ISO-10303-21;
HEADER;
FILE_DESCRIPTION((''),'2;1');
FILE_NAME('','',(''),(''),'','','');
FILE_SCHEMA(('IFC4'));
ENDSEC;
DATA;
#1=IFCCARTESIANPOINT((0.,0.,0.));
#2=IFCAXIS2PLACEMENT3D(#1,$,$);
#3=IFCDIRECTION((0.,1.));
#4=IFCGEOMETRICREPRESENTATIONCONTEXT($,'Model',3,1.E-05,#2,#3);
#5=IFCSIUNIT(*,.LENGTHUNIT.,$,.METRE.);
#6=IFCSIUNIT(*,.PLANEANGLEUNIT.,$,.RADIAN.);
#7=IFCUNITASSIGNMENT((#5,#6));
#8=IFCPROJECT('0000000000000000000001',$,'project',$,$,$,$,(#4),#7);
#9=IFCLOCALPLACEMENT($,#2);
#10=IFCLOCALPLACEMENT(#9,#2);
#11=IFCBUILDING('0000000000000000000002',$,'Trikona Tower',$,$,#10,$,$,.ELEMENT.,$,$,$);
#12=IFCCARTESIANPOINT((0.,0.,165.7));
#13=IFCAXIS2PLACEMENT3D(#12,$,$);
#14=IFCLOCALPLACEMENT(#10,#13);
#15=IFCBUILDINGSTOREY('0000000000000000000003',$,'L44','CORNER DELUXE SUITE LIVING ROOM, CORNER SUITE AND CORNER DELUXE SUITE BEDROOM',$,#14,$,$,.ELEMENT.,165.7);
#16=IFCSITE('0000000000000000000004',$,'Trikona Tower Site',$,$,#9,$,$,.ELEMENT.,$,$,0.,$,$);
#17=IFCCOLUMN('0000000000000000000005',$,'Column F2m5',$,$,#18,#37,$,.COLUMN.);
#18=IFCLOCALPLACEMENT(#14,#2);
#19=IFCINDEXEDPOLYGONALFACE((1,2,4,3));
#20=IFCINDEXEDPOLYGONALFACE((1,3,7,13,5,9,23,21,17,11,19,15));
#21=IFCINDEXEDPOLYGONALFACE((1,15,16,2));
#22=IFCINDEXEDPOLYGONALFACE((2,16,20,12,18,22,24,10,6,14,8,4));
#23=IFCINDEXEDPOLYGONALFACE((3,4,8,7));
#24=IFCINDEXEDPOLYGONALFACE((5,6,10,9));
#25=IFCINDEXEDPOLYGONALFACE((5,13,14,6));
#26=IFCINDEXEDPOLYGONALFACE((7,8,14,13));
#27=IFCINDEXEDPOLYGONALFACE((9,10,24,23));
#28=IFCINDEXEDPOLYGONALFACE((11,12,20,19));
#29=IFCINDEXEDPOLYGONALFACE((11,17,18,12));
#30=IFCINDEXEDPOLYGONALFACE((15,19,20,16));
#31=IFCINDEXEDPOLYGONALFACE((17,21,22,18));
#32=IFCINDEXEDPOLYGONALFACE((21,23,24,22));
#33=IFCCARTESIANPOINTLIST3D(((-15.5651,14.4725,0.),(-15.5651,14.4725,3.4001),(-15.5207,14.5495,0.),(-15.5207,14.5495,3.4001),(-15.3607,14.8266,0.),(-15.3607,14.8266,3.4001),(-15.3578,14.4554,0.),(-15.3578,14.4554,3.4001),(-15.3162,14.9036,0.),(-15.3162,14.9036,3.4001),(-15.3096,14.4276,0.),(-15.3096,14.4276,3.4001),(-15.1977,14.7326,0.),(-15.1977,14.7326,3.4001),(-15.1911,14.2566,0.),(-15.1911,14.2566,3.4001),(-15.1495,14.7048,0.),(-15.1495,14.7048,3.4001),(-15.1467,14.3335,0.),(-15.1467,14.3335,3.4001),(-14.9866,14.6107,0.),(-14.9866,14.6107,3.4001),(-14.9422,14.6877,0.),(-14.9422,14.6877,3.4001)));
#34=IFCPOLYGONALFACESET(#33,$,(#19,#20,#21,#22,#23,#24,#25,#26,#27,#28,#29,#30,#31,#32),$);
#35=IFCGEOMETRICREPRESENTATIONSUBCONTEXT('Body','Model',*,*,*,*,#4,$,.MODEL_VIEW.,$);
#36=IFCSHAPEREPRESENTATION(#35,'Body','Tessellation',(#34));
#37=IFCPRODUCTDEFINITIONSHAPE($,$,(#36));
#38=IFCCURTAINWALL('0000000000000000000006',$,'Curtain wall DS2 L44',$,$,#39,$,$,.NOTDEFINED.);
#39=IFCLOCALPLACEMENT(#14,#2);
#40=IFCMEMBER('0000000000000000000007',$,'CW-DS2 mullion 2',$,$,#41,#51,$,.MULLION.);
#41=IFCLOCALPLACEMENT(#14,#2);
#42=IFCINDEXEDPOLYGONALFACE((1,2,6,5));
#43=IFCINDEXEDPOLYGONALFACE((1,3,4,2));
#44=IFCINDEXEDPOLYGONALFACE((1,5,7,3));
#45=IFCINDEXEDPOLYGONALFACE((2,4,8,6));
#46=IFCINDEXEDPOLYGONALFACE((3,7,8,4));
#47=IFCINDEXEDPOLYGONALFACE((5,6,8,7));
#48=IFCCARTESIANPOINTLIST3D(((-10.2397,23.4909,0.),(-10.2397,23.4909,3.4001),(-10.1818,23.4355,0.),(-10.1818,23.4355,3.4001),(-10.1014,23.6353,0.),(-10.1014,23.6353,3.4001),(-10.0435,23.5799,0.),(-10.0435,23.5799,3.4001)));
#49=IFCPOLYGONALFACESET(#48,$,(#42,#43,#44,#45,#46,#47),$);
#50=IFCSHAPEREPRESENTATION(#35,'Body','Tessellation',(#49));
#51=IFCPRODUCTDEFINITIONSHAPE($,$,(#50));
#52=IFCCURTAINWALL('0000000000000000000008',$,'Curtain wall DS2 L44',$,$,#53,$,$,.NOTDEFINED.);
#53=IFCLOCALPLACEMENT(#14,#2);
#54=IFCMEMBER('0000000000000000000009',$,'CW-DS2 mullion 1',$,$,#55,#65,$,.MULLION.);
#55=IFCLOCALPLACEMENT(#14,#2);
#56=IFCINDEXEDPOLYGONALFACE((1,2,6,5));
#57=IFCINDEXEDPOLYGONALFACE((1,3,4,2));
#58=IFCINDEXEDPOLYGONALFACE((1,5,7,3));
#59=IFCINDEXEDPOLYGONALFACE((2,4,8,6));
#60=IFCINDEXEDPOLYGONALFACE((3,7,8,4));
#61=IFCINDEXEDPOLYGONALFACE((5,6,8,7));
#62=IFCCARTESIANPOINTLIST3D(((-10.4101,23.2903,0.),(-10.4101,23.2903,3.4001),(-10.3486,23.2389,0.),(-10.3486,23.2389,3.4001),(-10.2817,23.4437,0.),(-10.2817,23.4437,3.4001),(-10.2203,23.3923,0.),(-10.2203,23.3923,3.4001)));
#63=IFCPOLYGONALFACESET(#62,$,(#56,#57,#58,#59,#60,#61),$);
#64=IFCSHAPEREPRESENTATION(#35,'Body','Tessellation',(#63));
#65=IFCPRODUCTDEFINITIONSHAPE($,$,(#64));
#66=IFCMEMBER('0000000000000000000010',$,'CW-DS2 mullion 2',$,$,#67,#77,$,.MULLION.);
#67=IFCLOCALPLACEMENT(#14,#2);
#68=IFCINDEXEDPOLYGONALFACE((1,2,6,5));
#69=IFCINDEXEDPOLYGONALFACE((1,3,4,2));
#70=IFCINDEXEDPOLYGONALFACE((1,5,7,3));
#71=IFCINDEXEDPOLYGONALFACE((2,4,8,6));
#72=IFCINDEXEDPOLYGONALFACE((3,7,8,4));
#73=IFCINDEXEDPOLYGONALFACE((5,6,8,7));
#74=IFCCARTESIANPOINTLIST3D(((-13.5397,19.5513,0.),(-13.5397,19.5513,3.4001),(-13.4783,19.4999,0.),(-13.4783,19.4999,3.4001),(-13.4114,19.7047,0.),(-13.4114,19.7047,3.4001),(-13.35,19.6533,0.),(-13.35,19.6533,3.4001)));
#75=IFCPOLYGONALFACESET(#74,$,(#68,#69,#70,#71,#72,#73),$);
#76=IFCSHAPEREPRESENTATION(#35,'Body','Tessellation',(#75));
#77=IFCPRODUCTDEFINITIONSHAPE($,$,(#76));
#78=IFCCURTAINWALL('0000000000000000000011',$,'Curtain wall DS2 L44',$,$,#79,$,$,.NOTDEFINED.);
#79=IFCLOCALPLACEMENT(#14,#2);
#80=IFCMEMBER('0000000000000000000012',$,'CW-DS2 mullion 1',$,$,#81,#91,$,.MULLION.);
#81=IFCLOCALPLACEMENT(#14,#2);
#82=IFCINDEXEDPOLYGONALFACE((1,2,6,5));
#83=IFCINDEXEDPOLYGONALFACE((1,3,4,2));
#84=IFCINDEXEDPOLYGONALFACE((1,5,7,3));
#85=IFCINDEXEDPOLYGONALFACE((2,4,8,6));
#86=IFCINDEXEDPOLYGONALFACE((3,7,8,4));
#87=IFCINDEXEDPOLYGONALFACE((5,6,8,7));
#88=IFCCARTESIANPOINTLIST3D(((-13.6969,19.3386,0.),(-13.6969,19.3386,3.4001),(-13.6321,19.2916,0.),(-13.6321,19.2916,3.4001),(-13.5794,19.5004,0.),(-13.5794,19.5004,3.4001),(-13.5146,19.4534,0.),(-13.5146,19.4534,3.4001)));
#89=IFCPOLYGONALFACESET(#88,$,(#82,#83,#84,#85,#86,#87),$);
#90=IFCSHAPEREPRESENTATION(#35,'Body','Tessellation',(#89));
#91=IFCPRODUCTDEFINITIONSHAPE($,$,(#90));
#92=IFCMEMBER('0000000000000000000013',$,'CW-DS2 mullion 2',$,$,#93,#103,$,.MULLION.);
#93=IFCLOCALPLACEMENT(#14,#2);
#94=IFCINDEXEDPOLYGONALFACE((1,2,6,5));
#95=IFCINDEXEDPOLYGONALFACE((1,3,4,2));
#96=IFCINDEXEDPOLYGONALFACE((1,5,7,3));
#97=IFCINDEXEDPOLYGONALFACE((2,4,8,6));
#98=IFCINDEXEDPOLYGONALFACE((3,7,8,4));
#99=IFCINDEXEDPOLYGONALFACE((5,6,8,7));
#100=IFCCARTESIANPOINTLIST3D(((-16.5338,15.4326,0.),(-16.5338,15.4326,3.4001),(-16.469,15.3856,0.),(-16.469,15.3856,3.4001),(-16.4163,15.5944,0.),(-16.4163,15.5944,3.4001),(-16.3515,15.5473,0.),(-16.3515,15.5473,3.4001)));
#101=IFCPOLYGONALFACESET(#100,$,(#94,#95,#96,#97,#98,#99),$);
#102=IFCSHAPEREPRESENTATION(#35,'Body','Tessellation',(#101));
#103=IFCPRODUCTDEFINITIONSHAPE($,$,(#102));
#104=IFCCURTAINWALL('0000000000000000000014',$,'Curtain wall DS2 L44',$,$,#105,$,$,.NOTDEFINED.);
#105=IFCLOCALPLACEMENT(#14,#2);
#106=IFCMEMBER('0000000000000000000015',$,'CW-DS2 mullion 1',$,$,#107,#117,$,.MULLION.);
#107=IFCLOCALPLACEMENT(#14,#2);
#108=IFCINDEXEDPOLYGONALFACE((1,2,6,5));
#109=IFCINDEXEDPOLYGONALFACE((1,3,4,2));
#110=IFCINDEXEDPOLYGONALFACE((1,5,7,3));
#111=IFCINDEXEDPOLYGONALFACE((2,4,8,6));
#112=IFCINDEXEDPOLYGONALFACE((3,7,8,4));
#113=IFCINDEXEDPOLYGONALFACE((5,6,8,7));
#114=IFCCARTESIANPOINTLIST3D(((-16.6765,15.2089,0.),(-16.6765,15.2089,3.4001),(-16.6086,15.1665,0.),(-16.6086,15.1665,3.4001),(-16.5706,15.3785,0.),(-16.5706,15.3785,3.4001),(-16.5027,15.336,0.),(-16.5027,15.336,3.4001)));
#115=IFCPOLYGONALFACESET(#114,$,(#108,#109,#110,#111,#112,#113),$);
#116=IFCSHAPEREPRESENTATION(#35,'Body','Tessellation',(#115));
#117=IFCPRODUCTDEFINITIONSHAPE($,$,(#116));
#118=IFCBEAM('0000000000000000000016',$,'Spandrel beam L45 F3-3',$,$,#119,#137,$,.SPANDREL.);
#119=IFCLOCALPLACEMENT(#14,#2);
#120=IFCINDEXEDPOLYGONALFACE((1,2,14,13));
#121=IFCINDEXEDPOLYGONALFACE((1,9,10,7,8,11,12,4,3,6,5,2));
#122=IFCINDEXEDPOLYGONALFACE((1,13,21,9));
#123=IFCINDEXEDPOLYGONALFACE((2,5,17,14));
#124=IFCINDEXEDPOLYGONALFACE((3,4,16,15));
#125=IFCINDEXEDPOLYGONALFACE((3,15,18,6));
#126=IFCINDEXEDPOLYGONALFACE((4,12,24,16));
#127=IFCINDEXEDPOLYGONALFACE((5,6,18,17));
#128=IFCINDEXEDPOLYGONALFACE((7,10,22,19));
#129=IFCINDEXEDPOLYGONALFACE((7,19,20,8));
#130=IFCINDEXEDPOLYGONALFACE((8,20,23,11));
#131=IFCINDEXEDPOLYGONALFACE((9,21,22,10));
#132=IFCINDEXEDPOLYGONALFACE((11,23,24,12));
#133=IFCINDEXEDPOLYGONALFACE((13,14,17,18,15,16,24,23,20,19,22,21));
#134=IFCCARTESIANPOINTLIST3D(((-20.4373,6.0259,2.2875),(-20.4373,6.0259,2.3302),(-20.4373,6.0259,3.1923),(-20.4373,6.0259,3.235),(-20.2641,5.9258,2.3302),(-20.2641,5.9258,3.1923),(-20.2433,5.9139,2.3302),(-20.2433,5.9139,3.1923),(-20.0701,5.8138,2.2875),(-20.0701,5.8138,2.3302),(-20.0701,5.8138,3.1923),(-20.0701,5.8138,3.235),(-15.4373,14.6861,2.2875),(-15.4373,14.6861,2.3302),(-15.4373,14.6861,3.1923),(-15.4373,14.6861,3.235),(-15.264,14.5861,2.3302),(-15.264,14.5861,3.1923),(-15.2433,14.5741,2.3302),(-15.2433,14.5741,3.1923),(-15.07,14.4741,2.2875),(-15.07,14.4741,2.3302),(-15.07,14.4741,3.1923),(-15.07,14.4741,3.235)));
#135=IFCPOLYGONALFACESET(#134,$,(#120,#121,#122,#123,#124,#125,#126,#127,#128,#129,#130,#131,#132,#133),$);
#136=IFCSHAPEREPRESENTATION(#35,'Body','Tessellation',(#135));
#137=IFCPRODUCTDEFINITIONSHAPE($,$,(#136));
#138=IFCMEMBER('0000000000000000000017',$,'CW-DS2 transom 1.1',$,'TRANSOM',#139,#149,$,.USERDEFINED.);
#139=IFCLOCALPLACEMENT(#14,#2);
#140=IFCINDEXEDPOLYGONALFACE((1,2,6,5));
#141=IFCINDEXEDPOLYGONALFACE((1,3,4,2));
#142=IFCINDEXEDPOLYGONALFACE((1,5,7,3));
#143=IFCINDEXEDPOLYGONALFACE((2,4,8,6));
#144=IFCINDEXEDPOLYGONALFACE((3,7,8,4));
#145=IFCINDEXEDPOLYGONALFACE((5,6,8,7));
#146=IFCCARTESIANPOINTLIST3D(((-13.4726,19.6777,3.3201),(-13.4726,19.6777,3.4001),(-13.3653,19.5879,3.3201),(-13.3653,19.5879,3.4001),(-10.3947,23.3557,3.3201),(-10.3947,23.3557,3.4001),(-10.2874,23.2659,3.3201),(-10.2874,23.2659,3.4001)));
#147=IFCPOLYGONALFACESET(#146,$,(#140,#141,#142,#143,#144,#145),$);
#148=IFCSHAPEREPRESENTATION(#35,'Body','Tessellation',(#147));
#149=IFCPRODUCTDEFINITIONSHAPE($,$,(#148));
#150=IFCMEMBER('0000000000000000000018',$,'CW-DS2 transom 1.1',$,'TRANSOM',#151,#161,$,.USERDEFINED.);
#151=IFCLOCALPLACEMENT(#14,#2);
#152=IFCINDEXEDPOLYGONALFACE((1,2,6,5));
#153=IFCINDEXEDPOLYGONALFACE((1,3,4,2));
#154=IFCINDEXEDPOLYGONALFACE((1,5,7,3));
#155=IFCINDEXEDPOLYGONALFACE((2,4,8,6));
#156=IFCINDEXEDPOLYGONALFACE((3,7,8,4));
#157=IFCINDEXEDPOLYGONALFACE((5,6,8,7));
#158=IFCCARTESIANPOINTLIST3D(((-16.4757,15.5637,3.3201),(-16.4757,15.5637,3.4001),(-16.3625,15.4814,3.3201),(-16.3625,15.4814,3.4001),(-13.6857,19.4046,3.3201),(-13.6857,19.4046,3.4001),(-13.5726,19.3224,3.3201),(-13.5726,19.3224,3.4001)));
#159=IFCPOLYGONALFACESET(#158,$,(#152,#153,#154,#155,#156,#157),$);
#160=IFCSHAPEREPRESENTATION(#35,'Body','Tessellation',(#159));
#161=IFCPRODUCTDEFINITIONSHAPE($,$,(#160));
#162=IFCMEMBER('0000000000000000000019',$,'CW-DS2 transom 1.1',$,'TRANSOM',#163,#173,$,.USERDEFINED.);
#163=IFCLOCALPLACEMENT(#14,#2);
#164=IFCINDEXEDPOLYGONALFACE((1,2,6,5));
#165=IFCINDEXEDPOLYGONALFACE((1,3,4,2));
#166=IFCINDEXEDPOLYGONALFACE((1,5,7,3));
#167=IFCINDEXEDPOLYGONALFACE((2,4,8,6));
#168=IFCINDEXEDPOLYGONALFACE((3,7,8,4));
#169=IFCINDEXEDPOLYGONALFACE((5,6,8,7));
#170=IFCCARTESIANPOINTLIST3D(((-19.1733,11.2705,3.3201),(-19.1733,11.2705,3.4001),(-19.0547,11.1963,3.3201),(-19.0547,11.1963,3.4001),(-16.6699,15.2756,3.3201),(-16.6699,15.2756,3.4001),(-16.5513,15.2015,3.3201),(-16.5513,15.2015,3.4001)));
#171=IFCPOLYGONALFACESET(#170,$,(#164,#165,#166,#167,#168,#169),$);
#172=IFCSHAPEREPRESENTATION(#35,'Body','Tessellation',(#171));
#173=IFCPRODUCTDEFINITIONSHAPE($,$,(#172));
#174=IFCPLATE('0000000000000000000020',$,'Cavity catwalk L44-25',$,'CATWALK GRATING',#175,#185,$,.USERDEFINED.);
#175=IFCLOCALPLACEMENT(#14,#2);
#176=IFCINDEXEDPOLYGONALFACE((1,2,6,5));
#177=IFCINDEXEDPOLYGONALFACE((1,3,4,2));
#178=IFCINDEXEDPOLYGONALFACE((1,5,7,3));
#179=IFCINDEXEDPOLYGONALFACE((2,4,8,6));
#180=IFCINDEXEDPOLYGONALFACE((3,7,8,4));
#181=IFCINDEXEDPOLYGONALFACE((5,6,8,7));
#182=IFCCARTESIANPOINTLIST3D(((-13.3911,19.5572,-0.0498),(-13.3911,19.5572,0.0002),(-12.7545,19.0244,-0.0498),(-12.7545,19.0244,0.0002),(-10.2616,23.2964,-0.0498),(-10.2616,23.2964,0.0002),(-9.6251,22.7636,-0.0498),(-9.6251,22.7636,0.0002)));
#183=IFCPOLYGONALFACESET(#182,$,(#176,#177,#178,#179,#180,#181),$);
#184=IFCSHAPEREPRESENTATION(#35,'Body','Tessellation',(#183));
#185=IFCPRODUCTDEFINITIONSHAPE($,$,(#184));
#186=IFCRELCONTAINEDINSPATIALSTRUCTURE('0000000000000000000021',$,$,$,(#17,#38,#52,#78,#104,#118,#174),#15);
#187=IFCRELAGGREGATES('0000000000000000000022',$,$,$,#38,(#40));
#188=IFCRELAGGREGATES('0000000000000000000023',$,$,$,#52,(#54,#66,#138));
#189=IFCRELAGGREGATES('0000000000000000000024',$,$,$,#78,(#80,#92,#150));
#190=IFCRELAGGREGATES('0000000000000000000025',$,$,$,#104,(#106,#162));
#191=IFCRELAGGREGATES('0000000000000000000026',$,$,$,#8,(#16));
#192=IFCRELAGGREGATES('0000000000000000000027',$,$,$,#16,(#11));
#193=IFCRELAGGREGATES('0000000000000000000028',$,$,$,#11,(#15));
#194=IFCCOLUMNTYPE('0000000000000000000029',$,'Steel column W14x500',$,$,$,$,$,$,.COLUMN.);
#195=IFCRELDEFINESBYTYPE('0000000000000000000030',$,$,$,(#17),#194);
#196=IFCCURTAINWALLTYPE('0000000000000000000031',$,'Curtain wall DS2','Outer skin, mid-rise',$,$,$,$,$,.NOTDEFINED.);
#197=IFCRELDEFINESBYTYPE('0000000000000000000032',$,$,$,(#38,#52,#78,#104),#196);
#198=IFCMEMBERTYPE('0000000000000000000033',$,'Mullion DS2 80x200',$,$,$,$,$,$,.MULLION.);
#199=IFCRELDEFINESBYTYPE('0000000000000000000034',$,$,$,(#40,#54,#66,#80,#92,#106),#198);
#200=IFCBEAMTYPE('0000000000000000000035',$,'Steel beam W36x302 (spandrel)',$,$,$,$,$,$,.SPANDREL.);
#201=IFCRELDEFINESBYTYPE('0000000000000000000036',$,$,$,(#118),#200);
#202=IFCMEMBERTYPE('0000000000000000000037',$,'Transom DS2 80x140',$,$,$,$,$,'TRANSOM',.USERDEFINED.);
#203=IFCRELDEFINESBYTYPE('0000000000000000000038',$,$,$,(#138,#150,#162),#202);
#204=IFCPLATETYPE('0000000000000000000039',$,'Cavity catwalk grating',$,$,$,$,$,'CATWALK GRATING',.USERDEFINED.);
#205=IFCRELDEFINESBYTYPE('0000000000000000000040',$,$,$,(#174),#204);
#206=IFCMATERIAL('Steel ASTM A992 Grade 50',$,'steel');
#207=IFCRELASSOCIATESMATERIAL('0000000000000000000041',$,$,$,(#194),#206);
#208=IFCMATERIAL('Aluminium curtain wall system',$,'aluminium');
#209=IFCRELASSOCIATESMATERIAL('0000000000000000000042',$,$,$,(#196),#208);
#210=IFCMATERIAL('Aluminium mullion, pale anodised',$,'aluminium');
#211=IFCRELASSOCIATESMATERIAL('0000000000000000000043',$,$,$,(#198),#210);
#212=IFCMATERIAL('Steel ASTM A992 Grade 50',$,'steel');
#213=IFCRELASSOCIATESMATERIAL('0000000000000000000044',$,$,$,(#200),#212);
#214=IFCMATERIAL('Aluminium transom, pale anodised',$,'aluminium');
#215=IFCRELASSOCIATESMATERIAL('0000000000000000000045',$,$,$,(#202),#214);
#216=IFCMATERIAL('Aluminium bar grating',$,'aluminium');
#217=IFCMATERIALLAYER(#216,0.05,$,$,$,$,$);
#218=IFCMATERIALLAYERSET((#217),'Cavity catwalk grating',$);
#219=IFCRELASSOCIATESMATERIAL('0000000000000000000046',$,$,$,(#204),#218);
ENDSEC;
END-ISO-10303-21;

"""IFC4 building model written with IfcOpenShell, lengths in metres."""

from ifc_helpers import new_model, si_unit, direction, frame, origin, origin_2d, place, context, subcontext, project, spatial, rectangle, i_section, extrude, material, layer, layer_set, material_profile, profile_set, type_object, element, aggregate, save


model = new_model("IFC4")

# Units and contexts
model_context = context("Model", 3, precision=1e-05, world=origin(), true_north=direction((0.0, 1.0)))
body_context = subcontext(model_context, "Body", "Model", "MODEL_VIEW")
ifc_project = project(units=[si_unit("LENGTHUNIT", "METRE"), si_unit("PLANEANGLEUNIT", "RADIAN")], contexts=[model_context])

# Site, building, storey
site_placement = place(None, origin())
site = spatial("IfcSite", under=ifc_project, at=site_placement, Name="Trikona Tower Site", CompositionType="ELEMENT", RefElevation=0.0)
building_placement = place(site_placement, origin())
building = spatial("IfcBuilding", under=site, at=building_placement, Name="Trikona Tower", CompositionType="ELEMENT")
storey_placement = place(building_placement, frame((0.0, 0.0, 165.7)))
storey = spatial("IfcBuildingStorey", under=building, at=storey_placement, Name="L44", Description="CORNER DELUXE SUITE LIVING ROOM, CORNER SUITE AND CORNER DELUXE SUITE BEDROOM", CompositionType="ELEMENT", Elevation=165.7)

# Column
ifc_material_1 = material(Name="Steel ASTM A992 Grade 50", Category="steel")
ifc_material_profile_1 = material_profile(ifc_material_1, i_section(OverallWidth=0.4319, OverallDepth=0.4978, WebThickness=0.0557, FlangeThickness=0.0889, at=origin_2d()), Name="W14X500")
ifc_profile_set_1 = profile_set([ifc_material_profile_1], Name="Steel ASTM A992 Grade 50")
column_type = type_object("IfcColumnType", Name="Steel column W14x500", PredefinedType="COLUMN", material=ifc_profile_set_1)
column_placement = place(storey_placement, frame((-15.2537, 14.5801, 0.0), z_axis=(0.0, 0.0, 1.0), x_axis=(-0.866025, 0.5, 0.0)))
element("IfcColumn", 1, at=column_placement, inside=storey, type_object=column_type, Name="Column F2m5", PredefinedType="COLUMN", context=body_context, shape_type="SweptSolid", body=[
    extrude(i_section(OverallWidth=0.4319, OverallDepth=0.4978, WebThickness=0.0557, FlangeThickness=0.0889, at=origin_2d()), origin(), (0.0, 0.0, 1.0), 3.4001),
])

# Curtain wall, member
ifc_material_2 = material(Name="Aluminium curtain wall system", Category="aluminium")
curtain_wall_type = type_object("IfcCurtainWallType", Name="Curtain wall DS2", Description="Outer skin, mid-rise", PredefinedType="NOTDEFINED", material=ifc_material_2)
curtain_wall_1_placement = place(storey_placement, origin())
curtain_wall_1 = element("IfcCurtainWall", 2, at=curtain_wall_1_placement, inside=storey, type_object=curtain_wall_type, Name="Curtain wall DS2 L44", PredefinedType="NOTDEFINED")
ifc_material_3 = material(Name="Aluminium mullion, pale anodised", Category="aluminium")
ifc_material_profile_2 = material_profile(ifc_material_3, rectangle(XDim=0.0801, YDim=0.2, at=origin_2d()), Name="MUL-DS2")
ifc_profile_set_2 = profile_set([ifc_material_profile_2], Name="Aluminium mullion, pale anodised")
member_type_1 = type_object("IfcMemberType", Name="Mullion DS2 80x200", PredefinedType="MULLION", material=ifc_profile_set_2)
member_1_placement = place(storey_placement, frame((-10.1416, 23.5354, 0.0), z_axis=(0.0, 0.0, 1.0), x_axis=(0.722158, -0.691728, 0.0)))
member_1 = element("IfcMember", 3, at=member_1_placement, type_object=member_type_1, Name="CW-DS2 mullion 2", PredefinedType="MULLION", context=body_context, shape_type="SweptSolid", body=[
    extrude(rectangle(XDim=0.0801, YDim=0.2, at=origin_2d()), origin(), (0.0, 0.0, 1.0), 3.4001),
])
aggregate(curtain_wall_1, [member_1])

# Curtain walls, members
curtain_wall_2_placement = place(storey_placement, origin())
curtain_wall_2 = element("IfcCurtainWall", 4, at=curtain_wall_2_placement, inside=storey, type_object=curtain_wall_type, Name="Curtain wall DS2 L44", PredefinedType="NOTDEFINED")
member_2_placement = place(storey_placement, frame((-10.3152, 23.3413, 0.0), z_axis=(0.0, 0.0, 1.0), x_axis=(0.766867, -0.641806, 0.0)))
member_2 = element("IfcMember", 5, at=member_2_placement, type_object=member_type_1, Name="CW-DS2 mullion 1", PredefinedType="MULLION", context=body_context, shape_type="SweptSolid", body=[
    extrude(rectangle(XDim=0.0801, YDim=0.2, at=origin_2d()), origin(), (0.0, 0.0, 1.0), 3.4001),
])
member_3_placement = place(storey_placement, frame((-13.4448, 19.6023, 0.0), z_axis=(0.0, 0.0, 1.0), x_axis=(0.766867, -0.641806, 0.0)))
member_3 = element("IfcMember", 6, at=member_3_placement, type_object=member_type_1, Name="CW-DS2 mullion 2", PredefinedType="MULLION", context=body_context, shape_type="SweptSolid", body=[
    extrude(rectangle(XDim=0.0801, YDim=0.2, at=origin_2d()), origin(), (0.0, 0.0, 1.0), 3.4001),
])
curtain_wall_3_placement = place(storey_placement, origin())
curtain_wall_3 = element("IfcCurtainWall", 7, at=curtain_wall_3_placement, inside=storey, type_object=curtain_wall_type, Name="Curtain wall DS2 L44", PredefinedType="NOTDEFINED")
member_4_placement = place(storey_placement, frame((-13.6057, 19.396, 0.0), z_axis=(0.0, 0.0, 1.0), x_axis=(0.809086, -0.587691, 0.0)))
member_4 = element("IfcMember", 8, at=member_4_placement, type_object=member_type_1, Name="CW-DS2 mullion 1", PredefinedType="MULLION", context=body_context, shape_type="SweptSolid", body=[
    extrude(rectangle(XDim=0.0801, YDim=0.2, at=origin_2d()), origin(), (0.0, 0.0, 1.0), 3.4001),
])
member_5_placement = place(storey_placement, frame((-16.4426, 15.49, 0.0), z_axis=(0.0, 0.0, 1.0), x_axis=(0.809086, -0.587691, 0.0)))
member_5 = element("IfcMember", 9, at=member_5_placement, type_object=member_type_1, Name="CW-DS2 mullion 2", PredefinedType="MULLION", context=body_context, shape_type="SweptSolid", body=[
    extrude(rectangle(XDim=0.0801, YDim=0.2, at=origin_2d()), origin(), (0.0, 0.0, 1.0), 3.4001),
])

# Curtain wall, member
curtain_wall_4_placement = place(storey_placement, origin())
curtain_wall_4 = element("IfcCurtainWall", 10, at=curtain_wall_4_placement, inside=storey, type_object=curtain_wall_type, Name="Curtain wall DS2 L44", PredefinedType="NOTDEFINED")
member_6_placement = place(storey_placement, frame((-16.5896, 15.2725, 0.0), z_axis=(0.0, 0.0, 1.0), x_axis=(0.847998, -0.529999, 0.0)))
member_6 = element("IfcMember", 11, at=member_6_placement, type_object=member_type_1, Name="CW-DS2 mullion 1", PredefinedType="MULLION", context=body_context, shape_type="SweptSolid", body=[
    extrude(rectangle(XDim=0.0801, YDim=0.2, at=origin_2d()), origin(), (0.0, 0.0, 1.0), 3.4001),
])

# Beam
ifc_material_4 = material(Name="Steel ASTM A992 Grade 50", Category="steel")
ifc_material_profile_3 = material_profile(ifc_material_4, i_section(OverallWidth=0.4241, OverallDepth=0.9475, WebThickness=0.0239, FlangeThickness=0.0427, at=origin_2d()), Name="W36X302")
ifc_profile_set_3 = profile_set([ifc_material_profile_3], Name="Steel ASTM A992 Grade 50")
beam_type = type_object("IfcBeamType", Name="Steel beam W36x302 (spandrel)", PredefinedType="SPANDREL", material=ifc_profile_set_3)
beam_placement = place(storey_placement, frame((-15.2537, 14.5801, 2.7612), z_axis=(-0.500004, -0.866023, 0.0), x_axis=(0.866023, -0.500004, 0.0)))
element("IfcBeam", 12, at=beam_placement, inside=storey, type_object=beam_type, Name="Spandrel beam L45 F3-3", PredefinedType="SPANDREL", context=body_context, shape_type="SweptSolid", body=[
    extrude(i_section(OverallWidth=0.4241, OverallDepth=0.9475, WebThickness=0.0239, FlangeThickness=0.0427, at=origin_2d()), origin(), (0.0, 0.0, 1.0), 10.0),
])

# Members
ifc_material_5 = material(Name="Aluminium transom, pale anodised", Category="aluminium")
ifc_material_profile_4 = material_profile(ifc_material_5, rectangle(XDim=0.1399, YDim=0.0801, at=origin_2d()), Name="TRN-DS2")
ifc_profile_set_4 = profile_set([ifc_material_profile_4], Name="Aluminium transom, pale anodised")
member_type_2 = type_object("IfcMemberType", Name="Transom DS2 80x140", ElementType="TRANSOM", PredefinedType="USERDEFINED", material=ifc_profile_set_4)
member_7_placement = place(storey_placement, frame((-10.3411, 23.3108, 3.3601), z_axis=(-0.64177, -0.766897, 0.0), x_axis=(0.766897, -0.64177, 0.0)))
member_7 = element("IfcMember", 13, at=member_7_placement, type_object=member_type_2, Name="CW-DS2 transom 1.1", ObjectType="TRANSOM", PredefinedType="USERDEFINED", context=body_context, shape_type="SweptSolid", body=[
    extrude(rectangle(XDim=0.1399, YDim=0.0801, at=origin_2d()), origin(), (0.0, 0.0, 1.0), 4.7959),
])
member_8_placement = place(storey_placement, frame((-13.6292, 19.3635, 3.3601), z_axis=(-0.587695, -0.809083, 0.0), x_axis=(0.809083, -0.587695, 0.0)))
member_8 = element("IfcMember", 14, at=member_8_placement, type_object=member_type_2, Name="CW-DS2 transom 1.1", ObjectType="TRANSOM", PredefinedType="USERDEFINED", context=body_context, shape_type="SweptSolid", body=[
    extrude(rectangle(XDim=0.1399, YDim=0.0801, at=origin_2d()), origin(), (0.0, 0.0, 1.0), 4.7473),
])
member_9_placement = place(storey_placement, frame((-16.6106, 15.2385, 3.3601), z_axis=(-0.530031, -0.847978, 0.0), x_axis=(0.847978, -0.530031, 0.0)))
member_9 = element("IfcMember", 15, at=member_9_placement, type_object=member_type_2, Name="CW-DS2 transom 1.1", ObjectType="TRANSOM", PredefinedType="USERDEFINED", context=body_context, shape_type="SweptSolid", body=[
    extrude(rectangle(XDim=0.1399, YDim=0.0801, at=origin_2d()), origin(), (0.0, 0.0, 1.0), 4.7231),
])

# Plate
ifc_material_6 = material(Name="Aluminium bar grating", Category="aluminium")
ifc_layer_1 = layer(ifc_material_6, 0.05)
ifc_layer_set_1 = layer_set([ifc_layer_1], Name="Cavity catwalk grating")
plate_type_1 = type_object("IfcPlateType", Name="Cavity catwalk grating", ElementType="CATWALK GRATING", PredefinedType="USERDEFINED", material=ifc_layer_set_1)
plate_1_placement = place(storey_placement, frame((-11.5081, 21.1604, -0.0498), z_axis=(0.0, 0.0, 1.0), x_axis=(-0.641807, -0.766866, 0.0)))
element("IfcPlate", 16, at=plate_1_placement, inside=storey, type_object=plate_type_1, Name="Cavity catwalk L44-25", ObjectType="CATWALK GRATING", PredefinedType="USERDEFINED", context=body_context, shape_type="SweptSolid", body=[
    extrude(rectangle(XDim=4.876, YDim=0.8301, at=origin_2d()), origin(), (0.0, 0.0, 1.0), 0.05),
])

aggregate(curtain_wall_2, [member_2, member_3, member_7])
aggregate(curtain_wall_3, [member_4, member_5, member_8])
aggregate(curtain_wall_4, [member_6, member_9])

save(model, "model.ifc")
